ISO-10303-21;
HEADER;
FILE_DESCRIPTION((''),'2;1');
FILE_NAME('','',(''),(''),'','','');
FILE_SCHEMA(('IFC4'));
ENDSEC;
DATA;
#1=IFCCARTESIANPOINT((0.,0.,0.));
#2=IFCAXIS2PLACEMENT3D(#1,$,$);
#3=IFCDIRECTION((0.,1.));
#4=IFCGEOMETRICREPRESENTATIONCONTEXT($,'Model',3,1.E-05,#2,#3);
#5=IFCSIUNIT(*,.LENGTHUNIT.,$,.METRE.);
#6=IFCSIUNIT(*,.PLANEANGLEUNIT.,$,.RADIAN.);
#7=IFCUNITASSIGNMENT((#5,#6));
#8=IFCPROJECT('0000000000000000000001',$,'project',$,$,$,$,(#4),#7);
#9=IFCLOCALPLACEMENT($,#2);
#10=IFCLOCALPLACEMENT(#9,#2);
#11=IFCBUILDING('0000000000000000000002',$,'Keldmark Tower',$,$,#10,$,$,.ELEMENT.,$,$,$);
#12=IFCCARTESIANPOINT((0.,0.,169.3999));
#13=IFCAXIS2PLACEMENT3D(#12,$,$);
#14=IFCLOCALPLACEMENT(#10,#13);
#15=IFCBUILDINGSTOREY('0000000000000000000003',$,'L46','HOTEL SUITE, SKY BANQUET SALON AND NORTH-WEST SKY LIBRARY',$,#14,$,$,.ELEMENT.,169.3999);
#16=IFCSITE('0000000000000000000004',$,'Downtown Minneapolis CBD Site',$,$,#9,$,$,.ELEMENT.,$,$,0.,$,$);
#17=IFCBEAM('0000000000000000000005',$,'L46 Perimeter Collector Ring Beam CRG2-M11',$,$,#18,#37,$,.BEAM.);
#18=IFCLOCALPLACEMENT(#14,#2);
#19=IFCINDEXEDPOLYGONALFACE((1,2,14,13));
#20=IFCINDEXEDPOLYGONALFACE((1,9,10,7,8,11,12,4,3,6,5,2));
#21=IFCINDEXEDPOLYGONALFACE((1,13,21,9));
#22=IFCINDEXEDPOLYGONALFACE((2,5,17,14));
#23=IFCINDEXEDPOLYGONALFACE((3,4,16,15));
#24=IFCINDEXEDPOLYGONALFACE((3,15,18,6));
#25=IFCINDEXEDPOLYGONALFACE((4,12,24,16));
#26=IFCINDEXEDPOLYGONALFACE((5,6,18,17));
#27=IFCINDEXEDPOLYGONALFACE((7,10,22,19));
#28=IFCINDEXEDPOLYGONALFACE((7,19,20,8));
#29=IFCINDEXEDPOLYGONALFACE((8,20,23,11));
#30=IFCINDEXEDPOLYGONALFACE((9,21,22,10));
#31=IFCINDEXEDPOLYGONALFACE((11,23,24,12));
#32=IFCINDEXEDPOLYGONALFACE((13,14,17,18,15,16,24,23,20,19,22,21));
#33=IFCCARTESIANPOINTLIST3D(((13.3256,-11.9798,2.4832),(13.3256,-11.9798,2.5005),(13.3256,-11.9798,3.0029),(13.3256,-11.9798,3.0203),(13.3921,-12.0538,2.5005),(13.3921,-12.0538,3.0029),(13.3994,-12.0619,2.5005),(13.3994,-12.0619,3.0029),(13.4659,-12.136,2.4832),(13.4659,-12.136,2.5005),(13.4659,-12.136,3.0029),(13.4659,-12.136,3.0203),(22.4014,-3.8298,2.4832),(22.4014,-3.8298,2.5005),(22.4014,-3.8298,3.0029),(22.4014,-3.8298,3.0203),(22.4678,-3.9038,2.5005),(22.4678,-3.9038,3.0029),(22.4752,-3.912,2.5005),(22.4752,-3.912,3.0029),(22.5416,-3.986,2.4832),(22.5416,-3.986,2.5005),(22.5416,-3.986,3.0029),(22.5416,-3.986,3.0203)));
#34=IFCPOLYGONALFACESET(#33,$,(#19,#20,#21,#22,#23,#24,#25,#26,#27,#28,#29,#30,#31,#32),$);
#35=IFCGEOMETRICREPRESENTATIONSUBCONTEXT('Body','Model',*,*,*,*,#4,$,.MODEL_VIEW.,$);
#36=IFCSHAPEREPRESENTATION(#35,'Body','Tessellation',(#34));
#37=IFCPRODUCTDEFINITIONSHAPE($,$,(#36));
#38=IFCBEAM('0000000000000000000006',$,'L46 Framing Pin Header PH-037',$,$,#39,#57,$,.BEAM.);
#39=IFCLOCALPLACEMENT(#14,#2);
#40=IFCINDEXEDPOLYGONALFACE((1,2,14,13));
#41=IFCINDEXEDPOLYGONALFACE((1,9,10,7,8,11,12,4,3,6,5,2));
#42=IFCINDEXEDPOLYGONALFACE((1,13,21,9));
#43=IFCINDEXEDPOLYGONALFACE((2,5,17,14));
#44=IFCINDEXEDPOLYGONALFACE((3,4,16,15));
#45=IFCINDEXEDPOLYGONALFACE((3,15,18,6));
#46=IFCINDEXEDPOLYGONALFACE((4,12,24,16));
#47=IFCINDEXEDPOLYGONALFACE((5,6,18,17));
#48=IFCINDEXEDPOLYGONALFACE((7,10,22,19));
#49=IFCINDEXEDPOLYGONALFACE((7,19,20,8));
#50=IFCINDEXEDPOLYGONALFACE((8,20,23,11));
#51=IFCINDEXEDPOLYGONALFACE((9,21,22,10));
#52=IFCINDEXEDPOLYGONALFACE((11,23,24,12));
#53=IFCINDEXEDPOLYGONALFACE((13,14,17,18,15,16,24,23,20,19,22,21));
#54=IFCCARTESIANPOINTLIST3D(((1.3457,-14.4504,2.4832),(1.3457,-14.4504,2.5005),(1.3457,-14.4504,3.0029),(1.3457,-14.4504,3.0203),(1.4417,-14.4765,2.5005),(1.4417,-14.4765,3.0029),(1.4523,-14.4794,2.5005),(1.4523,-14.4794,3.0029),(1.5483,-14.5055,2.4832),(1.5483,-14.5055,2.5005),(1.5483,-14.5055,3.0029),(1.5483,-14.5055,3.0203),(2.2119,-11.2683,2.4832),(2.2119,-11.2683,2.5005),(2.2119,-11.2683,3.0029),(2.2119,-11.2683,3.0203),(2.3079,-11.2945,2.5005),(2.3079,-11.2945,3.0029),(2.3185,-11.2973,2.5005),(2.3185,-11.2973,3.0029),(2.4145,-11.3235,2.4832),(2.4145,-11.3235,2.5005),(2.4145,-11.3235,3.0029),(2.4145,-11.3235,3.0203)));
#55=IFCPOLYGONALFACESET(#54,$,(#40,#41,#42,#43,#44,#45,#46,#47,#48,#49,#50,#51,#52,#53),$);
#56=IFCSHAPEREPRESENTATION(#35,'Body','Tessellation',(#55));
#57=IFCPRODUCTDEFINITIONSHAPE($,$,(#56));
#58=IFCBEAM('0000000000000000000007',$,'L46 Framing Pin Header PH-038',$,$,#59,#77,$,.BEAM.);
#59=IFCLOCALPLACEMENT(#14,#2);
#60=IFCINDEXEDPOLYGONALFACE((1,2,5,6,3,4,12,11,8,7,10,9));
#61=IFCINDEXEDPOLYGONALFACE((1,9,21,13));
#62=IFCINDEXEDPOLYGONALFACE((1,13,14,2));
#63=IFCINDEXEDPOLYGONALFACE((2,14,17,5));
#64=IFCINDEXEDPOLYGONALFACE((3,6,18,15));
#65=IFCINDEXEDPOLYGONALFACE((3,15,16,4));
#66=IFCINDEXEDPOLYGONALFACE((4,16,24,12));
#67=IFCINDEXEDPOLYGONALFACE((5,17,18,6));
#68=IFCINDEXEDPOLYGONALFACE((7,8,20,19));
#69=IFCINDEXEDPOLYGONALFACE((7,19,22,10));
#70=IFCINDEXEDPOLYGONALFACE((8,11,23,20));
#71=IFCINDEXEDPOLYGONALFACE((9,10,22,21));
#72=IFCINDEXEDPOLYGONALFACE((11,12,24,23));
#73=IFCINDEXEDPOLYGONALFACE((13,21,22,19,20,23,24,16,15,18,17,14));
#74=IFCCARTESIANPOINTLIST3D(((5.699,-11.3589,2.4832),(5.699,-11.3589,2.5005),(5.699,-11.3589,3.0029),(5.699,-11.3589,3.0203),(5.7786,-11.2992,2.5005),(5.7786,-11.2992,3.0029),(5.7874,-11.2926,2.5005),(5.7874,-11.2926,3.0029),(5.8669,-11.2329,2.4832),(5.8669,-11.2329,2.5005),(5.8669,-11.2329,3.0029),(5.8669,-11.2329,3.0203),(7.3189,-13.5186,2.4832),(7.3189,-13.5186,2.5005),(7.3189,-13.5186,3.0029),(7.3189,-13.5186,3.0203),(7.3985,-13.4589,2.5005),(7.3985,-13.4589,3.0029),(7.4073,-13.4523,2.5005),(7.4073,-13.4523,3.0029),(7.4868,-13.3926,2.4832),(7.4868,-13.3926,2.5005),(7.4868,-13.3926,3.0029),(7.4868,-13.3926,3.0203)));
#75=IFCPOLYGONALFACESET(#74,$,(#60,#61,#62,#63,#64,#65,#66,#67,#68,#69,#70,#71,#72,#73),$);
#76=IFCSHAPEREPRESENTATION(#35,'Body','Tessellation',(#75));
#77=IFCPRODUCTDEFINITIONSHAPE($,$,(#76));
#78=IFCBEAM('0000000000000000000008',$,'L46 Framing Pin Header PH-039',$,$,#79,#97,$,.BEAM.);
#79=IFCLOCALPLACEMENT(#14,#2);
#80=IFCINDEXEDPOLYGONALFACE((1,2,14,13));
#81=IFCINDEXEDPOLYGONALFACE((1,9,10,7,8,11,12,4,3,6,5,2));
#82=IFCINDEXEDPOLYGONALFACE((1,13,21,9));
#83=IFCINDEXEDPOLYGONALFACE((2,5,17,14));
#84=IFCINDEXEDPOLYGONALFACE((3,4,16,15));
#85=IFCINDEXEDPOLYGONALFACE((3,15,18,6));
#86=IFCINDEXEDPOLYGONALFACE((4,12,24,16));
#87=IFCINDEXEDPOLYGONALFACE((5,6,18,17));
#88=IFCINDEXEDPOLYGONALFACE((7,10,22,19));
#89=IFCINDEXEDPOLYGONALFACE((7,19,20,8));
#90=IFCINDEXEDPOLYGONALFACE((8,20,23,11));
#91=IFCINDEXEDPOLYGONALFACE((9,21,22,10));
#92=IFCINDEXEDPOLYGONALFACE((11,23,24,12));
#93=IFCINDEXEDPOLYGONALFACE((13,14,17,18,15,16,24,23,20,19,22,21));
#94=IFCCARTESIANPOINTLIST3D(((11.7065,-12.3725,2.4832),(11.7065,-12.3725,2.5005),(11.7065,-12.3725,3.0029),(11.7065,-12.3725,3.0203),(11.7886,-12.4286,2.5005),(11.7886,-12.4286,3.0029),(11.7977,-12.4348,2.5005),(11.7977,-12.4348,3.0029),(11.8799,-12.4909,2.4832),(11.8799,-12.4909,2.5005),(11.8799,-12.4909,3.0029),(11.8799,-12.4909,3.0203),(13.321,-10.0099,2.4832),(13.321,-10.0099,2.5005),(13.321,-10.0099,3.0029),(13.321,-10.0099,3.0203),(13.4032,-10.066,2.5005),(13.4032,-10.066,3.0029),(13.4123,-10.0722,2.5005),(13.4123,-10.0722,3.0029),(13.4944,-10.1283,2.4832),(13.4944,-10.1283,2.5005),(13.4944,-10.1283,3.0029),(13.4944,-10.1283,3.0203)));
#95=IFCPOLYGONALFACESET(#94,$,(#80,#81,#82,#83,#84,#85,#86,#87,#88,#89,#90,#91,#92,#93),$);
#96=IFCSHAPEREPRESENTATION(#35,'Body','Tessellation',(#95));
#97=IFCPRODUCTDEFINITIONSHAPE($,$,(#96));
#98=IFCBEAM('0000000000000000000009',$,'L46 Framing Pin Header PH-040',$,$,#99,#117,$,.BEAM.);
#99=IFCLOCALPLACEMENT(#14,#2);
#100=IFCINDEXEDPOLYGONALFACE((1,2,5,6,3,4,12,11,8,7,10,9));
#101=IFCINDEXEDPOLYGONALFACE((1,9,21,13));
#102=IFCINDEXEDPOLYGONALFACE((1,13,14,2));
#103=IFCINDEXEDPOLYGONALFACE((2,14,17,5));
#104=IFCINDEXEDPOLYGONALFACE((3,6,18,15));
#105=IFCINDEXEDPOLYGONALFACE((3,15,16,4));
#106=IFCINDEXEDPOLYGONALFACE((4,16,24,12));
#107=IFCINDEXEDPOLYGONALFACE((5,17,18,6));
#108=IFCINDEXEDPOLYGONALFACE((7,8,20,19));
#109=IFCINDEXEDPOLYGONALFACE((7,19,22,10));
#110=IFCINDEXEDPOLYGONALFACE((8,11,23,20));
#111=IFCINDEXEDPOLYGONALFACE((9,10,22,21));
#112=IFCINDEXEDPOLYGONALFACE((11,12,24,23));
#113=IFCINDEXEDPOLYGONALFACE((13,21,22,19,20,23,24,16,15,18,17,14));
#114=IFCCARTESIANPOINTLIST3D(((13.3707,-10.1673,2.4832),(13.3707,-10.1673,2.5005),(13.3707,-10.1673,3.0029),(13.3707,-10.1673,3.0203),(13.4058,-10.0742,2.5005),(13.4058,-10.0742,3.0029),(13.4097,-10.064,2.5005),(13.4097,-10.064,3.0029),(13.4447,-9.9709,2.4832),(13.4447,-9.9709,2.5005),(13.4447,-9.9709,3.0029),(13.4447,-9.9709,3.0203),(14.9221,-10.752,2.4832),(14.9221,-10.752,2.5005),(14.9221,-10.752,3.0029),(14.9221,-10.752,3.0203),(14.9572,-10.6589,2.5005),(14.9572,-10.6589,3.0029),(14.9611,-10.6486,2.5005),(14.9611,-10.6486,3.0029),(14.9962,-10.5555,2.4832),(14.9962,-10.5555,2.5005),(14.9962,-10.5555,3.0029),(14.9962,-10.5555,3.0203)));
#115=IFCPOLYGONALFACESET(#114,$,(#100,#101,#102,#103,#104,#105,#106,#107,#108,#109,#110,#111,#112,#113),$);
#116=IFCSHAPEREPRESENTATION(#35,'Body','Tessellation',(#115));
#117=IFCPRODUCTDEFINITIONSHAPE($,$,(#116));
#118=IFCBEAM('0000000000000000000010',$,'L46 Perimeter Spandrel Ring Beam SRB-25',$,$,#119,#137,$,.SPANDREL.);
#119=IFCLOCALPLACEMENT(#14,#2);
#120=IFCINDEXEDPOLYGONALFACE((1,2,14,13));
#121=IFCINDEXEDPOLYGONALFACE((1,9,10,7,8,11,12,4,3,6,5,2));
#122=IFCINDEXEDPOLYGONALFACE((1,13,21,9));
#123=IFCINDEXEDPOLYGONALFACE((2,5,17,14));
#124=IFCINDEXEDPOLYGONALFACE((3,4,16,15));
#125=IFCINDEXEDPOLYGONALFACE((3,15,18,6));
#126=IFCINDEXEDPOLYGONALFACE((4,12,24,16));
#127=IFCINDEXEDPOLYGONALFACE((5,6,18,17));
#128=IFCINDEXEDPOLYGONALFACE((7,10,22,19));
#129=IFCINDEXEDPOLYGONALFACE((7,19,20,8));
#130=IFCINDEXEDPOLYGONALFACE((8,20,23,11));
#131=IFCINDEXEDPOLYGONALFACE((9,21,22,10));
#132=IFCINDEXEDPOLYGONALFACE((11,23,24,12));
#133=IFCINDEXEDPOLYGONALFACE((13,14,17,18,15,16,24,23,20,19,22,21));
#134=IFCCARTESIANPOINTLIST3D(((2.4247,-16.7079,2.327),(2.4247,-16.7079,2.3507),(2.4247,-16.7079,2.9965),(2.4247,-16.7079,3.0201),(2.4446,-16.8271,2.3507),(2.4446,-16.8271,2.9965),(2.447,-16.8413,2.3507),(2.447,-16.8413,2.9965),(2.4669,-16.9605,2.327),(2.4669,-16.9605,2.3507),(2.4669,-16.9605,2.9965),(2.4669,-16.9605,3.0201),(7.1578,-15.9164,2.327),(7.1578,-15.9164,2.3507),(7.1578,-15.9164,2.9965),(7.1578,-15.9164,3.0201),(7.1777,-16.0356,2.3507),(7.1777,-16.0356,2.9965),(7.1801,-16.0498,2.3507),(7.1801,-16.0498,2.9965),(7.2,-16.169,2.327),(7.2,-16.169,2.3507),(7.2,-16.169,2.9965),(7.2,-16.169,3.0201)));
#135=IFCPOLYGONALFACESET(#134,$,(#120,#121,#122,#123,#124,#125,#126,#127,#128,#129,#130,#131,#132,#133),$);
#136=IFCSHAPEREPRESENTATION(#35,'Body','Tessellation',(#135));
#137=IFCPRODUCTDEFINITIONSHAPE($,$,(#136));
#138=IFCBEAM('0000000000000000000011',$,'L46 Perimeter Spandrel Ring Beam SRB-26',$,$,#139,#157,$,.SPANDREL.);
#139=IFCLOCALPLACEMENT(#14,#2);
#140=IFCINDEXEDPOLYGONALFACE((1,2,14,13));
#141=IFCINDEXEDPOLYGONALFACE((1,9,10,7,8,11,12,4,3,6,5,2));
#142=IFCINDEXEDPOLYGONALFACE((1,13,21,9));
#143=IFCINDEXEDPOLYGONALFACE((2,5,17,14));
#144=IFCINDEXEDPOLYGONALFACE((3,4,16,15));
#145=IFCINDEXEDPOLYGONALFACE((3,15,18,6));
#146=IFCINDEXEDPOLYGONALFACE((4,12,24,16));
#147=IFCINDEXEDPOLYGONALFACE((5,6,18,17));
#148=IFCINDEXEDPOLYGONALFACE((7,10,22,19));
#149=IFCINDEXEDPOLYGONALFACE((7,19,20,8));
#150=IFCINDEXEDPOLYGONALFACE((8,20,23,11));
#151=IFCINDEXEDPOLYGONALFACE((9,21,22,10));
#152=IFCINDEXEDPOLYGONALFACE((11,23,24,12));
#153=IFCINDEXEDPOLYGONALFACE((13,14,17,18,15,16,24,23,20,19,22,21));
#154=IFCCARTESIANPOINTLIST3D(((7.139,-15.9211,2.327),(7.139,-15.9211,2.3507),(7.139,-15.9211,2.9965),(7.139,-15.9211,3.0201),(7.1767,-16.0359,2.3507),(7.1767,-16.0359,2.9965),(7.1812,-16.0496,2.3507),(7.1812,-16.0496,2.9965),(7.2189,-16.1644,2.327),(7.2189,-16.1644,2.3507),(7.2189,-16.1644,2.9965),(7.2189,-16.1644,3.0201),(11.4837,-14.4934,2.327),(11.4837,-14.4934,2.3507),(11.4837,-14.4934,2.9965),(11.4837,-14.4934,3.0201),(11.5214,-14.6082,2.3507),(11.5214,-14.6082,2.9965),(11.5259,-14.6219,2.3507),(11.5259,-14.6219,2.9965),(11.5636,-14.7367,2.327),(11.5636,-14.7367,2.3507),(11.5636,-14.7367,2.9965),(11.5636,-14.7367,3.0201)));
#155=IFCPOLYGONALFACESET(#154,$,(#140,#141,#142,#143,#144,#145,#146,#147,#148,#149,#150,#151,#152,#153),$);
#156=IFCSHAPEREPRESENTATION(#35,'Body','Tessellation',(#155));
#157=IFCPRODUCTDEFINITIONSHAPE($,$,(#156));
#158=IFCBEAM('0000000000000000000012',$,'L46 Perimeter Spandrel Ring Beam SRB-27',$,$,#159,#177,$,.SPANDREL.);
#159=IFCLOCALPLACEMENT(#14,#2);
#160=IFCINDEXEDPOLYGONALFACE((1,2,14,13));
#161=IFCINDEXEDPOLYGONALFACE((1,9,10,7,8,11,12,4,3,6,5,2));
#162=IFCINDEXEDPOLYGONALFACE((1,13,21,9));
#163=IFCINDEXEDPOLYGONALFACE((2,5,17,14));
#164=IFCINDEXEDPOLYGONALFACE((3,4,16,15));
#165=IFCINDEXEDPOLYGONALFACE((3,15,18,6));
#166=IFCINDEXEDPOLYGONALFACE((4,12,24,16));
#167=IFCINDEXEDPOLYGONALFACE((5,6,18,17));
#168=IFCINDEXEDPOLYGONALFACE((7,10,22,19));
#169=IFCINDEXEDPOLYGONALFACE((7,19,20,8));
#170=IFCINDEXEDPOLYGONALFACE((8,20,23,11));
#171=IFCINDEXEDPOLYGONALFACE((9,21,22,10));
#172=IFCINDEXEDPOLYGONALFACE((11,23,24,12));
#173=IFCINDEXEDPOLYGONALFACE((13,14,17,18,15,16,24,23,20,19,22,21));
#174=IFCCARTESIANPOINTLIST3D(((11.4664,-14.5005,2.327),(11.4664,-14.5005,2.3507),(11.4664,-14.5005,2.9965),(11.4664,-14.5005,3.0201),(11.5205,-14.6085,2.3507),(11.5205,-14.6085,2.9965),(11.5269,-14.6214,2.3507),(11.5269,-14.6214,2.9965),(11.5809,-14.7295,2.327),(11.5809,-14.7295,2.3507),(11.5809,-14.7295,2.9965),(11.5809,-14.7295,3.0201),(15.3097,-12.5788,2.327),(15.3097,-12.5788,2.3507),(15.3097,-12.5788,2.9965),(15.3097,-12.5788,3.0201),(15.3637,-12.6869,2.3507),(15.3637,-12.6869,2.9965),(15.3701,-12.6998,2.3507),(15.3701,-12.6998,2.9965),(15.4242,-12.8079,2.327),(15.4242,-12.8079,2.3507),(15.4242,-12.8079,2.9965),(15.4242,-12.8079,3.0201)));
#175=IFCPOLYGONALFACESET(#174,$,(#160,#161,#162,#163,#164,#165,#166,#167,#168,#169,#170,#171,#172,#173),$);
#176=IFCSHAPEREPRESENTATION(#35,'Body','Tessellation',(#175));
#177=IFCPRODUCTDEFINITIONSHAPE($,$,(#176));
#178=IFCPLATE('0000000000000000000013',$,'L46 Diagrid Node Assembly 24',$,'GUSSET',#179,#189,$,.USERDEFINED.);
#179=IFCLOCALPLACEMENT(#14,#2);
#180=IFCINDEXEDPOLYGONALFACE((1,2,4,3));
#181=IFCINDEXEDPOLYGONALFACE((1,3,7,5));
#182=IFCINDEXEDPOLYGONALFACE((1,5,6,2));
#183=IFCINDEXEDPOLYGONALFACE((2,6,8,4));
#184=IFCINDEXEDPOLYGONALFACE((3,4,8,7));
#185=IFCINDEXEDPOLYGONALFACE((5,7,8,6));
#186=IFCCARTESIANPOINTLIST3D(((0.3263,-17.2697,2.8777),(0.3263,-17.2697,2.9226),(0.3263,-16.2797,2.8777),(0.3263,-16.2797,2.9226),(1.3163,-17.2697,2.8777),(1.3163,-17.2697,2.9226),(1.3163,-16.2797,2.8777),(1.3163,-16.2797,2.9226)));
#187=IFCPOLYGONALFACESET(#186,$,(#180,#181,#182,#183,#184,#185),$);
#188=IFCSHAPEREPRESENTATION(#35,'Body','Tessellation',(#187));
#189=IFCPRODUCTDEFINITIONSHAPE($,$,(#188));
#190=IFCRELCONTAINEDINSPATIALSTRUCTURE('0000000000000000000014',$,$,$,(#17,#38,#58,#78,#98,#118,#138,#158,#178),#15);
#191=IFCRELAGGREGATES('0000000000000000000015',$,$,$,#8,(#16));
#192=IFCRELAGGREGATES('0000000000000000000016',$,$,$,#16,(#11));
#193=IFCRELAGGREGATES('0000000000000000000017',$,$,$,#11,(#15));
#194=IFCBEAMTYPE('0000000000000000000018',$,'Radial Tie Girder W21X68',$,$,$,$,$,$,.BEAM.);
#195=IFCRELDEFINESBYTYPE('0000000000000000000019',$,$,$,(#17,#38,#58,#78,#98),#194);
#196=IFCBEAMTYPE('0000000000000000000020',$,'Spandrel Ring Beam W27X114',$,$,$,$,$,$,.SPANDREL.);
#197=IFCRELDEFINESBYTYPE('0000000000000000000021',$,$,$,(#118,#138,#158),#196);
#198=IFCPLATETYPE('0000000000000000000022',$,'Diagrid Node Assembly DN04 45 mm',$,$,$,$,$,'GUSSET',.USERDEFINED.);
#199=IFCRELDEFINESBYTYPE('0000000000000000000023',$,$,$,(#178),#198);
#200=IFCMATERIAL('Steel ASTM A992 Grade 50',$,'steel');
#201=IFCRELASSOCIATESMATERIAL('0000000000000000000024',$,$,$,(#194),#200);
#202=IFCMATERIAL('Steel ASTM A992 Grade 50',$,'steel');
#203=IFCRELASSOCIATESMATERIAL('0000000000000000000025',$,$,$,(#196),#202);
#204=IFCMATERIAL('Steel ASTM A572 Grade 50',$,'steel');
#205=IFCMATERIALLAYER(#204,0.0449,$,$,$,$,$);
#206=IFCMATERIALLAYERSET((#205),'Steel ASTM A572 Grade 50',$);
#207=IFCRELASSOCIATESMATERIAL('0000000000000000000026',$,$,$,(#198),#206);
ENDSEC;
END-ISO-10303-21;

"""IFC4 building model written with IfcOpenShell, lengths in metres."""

from ifc_helpers import new_model, si_unit, direction, frame, origin, origin_2d, place, context, subcontext, project, spatial, rectangle, i_section, extrude, material, layer, layer_set, material_profile, profile_set, type_object, element, save


model = new_model("IFC4")

# Units and contexts
model_context = context("Model", 3, precision=1e-05, world=origin(), true_north=direction((0.0, 1.0)))
body_context = subcontext(model_context, "Body", "Model", "MODEL_VIEW")
ifc_project = project(units=[si_unit("LENGTHUNIT", "METRE"), si_unit("PLANEANGLEUNIT", "RADIAN")], contexts=[model_context])

# Site, building, storey
site_placement = place(None, origin())
site = spatial("IfcSite", under=ifc_project, at=site_placement, Name="Downtown Minneapolis CBD Site", CompositionType="ELEMENT", RefElevation=0.0)
building_placement = place(site_placement, origin())
building = spatial("IfcBuilding", under=site, at=building_placement, Name="Keldmark Tower", CompositionType="ELEMENT")
storey_placement = place(building_placement, frame((0.0, 0.0, 169.3999)))
storey = spatial("IfcBuildingStorey", under=building, at=storey_placement, Name="L46", Description="HOTEL SUITE, SKY BANQUET SALON AND NORTH-WEST SKY LIBRARY", CompositionType="ELEMENT", Elevation=169.3999)

# Beams
ifc_material_1 = material(Name="Steel ASTM A992 Grade 50", Category="steel")
ifc_material_profile_1 = material_profile(ifc_material_1, i_section(OverallWidth=0.21, OverallDepth=0.5371, WebThickness=0.011, FlangeThickness=0.0173, at=origin_2d()), Name="W21X68")
ifc_profile_set_1 = profile_set([ifc_material_profile_1], Name="Steel ASTM A992 Grade 50")
beam_type_1 = type_object("IfcBeamType", Name="Radial Tie Girder W21X68", PredefinedType="BEAM", material=ifc_profile_set_1)
beam_1_placement = place(storey_placement, frame((13.3958, -12.0579, 2.7517), z_axis=(0.744036, 0.668139, 0.0), x_axis=(-0.668139, 0.744036, 0.0)))
element("IfcBeam", 1, at=beam_1_placement, inside=storey, type_object=beam_type_1, Name="L46 Perimeter Collector Ring Beam CRG2-M11", PredefinedType="BEAM", context=body_context, shape_type="SweptSolid", body=[
    extrude(i_section(OverallWidth=0.21, OverallDepth=0.5371, WebThickness=0.011, FlangeThickness=0.0173, at=origin_2d()), origin(), (0.0, 0.0, 1.0), 12.198),
])
beam_2_placement = place(storey_placement, frame((2.3132, -11.2959, 2.7517), z_axis=(-0.262654, -0.96489, 0.0), x_axis=(0.96489, -0.262654, 0.0)))
element("IfcBeam", 2, at=beam_2_placement, inside=storey, type_object=beam_type_1, Name="L46 Framing Pin Header PH-037", PredefinedType="BEAM", context=body_context, shape_type="SweptSolid", body=[
    extrude(i_section(OverallWidth=0.21, OverallDepth=0.5371, WebThickness=0.011, FlangeThickness=0.0173, at=origin_2d()), origin(), (0.0, 0.0, 1.0), 3.2979),
])
beam_3_placement = place(storey_placement, frame((5.783, -11.2959, 2.7517), z_axis=(0.600029, -0.799978, 0.0), x_axis=(0.799978, 0.600029, 0.0)))
element("IfcBeam", 3, at=beam_3_placement, inside=storey, type_object=beam_type_1, Name="L46 Framing Pin Header PH-038", PredefinedType="BEAM", context=body_context, shape_type="SweptSolid", body=[
    extrude(i_section(OverallWidth=0.21, OverallDepth=0.5371, WebThickness=0.011, FlangeThickness=0.0173, at=origin_2d()), origin(), (0.0, 0.0, 1.0), 2.6997),
])
beam_4_placement = place(storey_placement, frame((13.4077, -10.0691, 2.7517), z_axis=(-0.564213, -0.825629, 0.0), x_axis=(0.825629, -0.564213, 0.0)))
element("IfcBeam", 4, at=beam_4_placement, inside=storey, type_object=beam_type_1, Name="L46 Framing Pin Header PH-039", PredefinedType="BEAM", context=body_context, shape_type="SweptSolid", body=[
    extrude(i_section(OverallWidth=0.21, OverallDepth=0.5371, WebThickness=0.011, FlangeThickness=0.0173, at=origin_2d()), origin(), (0.0, 0.0, 1.0), 2.8616),
])
beam_5_placement = place(storey_placement, frame((13.4077, -10.0691, 2.7517), z_axis=(0.935753, -0.352656, 0.0), x_axis=(0.352656, 0.935753, 0.0)))
element("IfcBeam", 5, at=beam_5_placement, inside=storey, type_object=beam_type_1, Name="L46 Framing Pin Header PH-040", PredefinedType="BEAM", context=body_context, shape_type="SweptSolid", body=[
    extrude(i_section(OverallWidth=0.21, OverallDepth=0.5371, WebThickness=0.011, FlangeThickness=0.0173, at=origin_2d()), origin(), (0.0, 0.0, 1.0), 1.658),
])
ifc_material_2 = material(Name="Steel ASTM A992 Grade 50", Category="steel")
ifc_material_profile_2 = material_profile(ifc_material_2, i_section(OverallWidth=0.2561, OverallDepth=0.6931, WebThickness=0.0144, FlangeThickness=0.0237, at=origin_2d()), Name="W27X114")
ifc_profile_set_2 = profile_set([ifc_material_profile_2], Name="Steel ASTM A992 Grade 50")
beam_type_2 = type_object("IfcBeamType", Name="Spandrel Ring Beam W27X114", PredefinedType="SPANDREL", material=ifc_profile_set_2)
beam_6_placement = place(storey_placement, frame((2.4458, -16.8342, 2.6736), z_axis=(0.986304, 0.164935, 0.0), x_axis=(-0.164935, 0.986304, 0.0)))
element("IfcBeam", 6, at=beam_6_placement, inside=storey, type_object=beam_type_2, Name="L46 Perimeter Spandrel Ring Beam SRB-25", PredefinedType="SPANDREL", context=body_context, shape_type="SweptSolid", body=[
    extrude(i_section(OverallWidth=0.2561, OverallDepth=0.6931, WebThickness=0.0144, FlangeThickness=0.0237, at=origin_2d()), origin(), (0.0, 0.0, 1.0), 4.7988),
])
beam_7_placement = place(storey_placement, frame((7.179, -16.0427, 2.6736), z_axis=(0.95002, 0.312189, 0.0), x_axis=(-0.312189, 0.95002, 0.0)))
element("IfcBeam", 7, at=beam_7_placement, inside=storey, type_object=beam_type_2, Name="L46 Perimeter Spandrel Ring Beam SRB-26", PredefinedType="SPANDREL", context=body_context, shape_type="SweptSolid", body=[
    extrude(i_section(OverallWidth=0.2561, OverallDepth=0.6931, WebThickness=0.0144, FlangeThickness=0.0237, at=origin_2d()), origin(), (0.0, 0.0, 1.0), 4.5732),
])
beam_8_placement = place(storey_placement, frame((11.5237, -14.615, 2.6736), z_axis=(0.894427, 0.447214, 0.0), x_axis=(-0.447214, 0.894427, 0.0)))
element("IfcBeam", 8, at=beam_8_placement, inside=storey, type_object=beam_type_2, Name="L46 Perimeter Spandrel Ring Beam SRB-27", PredefinedType="SPANDREL", context=body_context, shape_type="SweptSolid", body=[
    extrude(i_section(OverallWidth=0.2561, OverallDepth=0.6931, WebThickness=0.0144, FlangeThickness=0.0237, at=origin_2d()), origin(), (0.0, 0.0, 1.0), 4.2969),
])

# Plate
ifc_material_3 = material(Name="Steel ASTM A572 Grade 50", Category="steel")
ifc_layer_1 = layer(ifc_material_3, 0.0449)
ifc_layer_set_1 = layer_set([ifc_layer_1], Name="Steel ASTM A572 Grade 50")
plate_type = type_object("IfcPlateType", Name="Diagrid Node Assembly DN04 45 mm", ElementType="GUSSET", PredefinedType="USERDEFINED", material=ifc_layer_set_1)
for number, where, z_axis, x_axis, name in (
    (9, (0.8213, -16.7747, 2.8777), (0.0, 0.0, 1.0), (1.0, 0.0, 0.0), "L46 Diagrid Node Assembly 24"),
):
    element("IfcPlate", number, at=place(storey_placement, frame(where, z_axis=z_axis, x_axis=x_axis)), inside=storey, type_object=plate_type, Name=name, ObjectType="GUSSET", PredefinedType="USERDEFINED", context=body_context, shape_type="SweptSolid", body=[
        extrude(rectangle(XDim=0.99, YDim=0.99, at=origin_2d()), origin(), (0.0, 0.0, 1.0), 0.0449),
    ])

save(model, "model.ifc")
